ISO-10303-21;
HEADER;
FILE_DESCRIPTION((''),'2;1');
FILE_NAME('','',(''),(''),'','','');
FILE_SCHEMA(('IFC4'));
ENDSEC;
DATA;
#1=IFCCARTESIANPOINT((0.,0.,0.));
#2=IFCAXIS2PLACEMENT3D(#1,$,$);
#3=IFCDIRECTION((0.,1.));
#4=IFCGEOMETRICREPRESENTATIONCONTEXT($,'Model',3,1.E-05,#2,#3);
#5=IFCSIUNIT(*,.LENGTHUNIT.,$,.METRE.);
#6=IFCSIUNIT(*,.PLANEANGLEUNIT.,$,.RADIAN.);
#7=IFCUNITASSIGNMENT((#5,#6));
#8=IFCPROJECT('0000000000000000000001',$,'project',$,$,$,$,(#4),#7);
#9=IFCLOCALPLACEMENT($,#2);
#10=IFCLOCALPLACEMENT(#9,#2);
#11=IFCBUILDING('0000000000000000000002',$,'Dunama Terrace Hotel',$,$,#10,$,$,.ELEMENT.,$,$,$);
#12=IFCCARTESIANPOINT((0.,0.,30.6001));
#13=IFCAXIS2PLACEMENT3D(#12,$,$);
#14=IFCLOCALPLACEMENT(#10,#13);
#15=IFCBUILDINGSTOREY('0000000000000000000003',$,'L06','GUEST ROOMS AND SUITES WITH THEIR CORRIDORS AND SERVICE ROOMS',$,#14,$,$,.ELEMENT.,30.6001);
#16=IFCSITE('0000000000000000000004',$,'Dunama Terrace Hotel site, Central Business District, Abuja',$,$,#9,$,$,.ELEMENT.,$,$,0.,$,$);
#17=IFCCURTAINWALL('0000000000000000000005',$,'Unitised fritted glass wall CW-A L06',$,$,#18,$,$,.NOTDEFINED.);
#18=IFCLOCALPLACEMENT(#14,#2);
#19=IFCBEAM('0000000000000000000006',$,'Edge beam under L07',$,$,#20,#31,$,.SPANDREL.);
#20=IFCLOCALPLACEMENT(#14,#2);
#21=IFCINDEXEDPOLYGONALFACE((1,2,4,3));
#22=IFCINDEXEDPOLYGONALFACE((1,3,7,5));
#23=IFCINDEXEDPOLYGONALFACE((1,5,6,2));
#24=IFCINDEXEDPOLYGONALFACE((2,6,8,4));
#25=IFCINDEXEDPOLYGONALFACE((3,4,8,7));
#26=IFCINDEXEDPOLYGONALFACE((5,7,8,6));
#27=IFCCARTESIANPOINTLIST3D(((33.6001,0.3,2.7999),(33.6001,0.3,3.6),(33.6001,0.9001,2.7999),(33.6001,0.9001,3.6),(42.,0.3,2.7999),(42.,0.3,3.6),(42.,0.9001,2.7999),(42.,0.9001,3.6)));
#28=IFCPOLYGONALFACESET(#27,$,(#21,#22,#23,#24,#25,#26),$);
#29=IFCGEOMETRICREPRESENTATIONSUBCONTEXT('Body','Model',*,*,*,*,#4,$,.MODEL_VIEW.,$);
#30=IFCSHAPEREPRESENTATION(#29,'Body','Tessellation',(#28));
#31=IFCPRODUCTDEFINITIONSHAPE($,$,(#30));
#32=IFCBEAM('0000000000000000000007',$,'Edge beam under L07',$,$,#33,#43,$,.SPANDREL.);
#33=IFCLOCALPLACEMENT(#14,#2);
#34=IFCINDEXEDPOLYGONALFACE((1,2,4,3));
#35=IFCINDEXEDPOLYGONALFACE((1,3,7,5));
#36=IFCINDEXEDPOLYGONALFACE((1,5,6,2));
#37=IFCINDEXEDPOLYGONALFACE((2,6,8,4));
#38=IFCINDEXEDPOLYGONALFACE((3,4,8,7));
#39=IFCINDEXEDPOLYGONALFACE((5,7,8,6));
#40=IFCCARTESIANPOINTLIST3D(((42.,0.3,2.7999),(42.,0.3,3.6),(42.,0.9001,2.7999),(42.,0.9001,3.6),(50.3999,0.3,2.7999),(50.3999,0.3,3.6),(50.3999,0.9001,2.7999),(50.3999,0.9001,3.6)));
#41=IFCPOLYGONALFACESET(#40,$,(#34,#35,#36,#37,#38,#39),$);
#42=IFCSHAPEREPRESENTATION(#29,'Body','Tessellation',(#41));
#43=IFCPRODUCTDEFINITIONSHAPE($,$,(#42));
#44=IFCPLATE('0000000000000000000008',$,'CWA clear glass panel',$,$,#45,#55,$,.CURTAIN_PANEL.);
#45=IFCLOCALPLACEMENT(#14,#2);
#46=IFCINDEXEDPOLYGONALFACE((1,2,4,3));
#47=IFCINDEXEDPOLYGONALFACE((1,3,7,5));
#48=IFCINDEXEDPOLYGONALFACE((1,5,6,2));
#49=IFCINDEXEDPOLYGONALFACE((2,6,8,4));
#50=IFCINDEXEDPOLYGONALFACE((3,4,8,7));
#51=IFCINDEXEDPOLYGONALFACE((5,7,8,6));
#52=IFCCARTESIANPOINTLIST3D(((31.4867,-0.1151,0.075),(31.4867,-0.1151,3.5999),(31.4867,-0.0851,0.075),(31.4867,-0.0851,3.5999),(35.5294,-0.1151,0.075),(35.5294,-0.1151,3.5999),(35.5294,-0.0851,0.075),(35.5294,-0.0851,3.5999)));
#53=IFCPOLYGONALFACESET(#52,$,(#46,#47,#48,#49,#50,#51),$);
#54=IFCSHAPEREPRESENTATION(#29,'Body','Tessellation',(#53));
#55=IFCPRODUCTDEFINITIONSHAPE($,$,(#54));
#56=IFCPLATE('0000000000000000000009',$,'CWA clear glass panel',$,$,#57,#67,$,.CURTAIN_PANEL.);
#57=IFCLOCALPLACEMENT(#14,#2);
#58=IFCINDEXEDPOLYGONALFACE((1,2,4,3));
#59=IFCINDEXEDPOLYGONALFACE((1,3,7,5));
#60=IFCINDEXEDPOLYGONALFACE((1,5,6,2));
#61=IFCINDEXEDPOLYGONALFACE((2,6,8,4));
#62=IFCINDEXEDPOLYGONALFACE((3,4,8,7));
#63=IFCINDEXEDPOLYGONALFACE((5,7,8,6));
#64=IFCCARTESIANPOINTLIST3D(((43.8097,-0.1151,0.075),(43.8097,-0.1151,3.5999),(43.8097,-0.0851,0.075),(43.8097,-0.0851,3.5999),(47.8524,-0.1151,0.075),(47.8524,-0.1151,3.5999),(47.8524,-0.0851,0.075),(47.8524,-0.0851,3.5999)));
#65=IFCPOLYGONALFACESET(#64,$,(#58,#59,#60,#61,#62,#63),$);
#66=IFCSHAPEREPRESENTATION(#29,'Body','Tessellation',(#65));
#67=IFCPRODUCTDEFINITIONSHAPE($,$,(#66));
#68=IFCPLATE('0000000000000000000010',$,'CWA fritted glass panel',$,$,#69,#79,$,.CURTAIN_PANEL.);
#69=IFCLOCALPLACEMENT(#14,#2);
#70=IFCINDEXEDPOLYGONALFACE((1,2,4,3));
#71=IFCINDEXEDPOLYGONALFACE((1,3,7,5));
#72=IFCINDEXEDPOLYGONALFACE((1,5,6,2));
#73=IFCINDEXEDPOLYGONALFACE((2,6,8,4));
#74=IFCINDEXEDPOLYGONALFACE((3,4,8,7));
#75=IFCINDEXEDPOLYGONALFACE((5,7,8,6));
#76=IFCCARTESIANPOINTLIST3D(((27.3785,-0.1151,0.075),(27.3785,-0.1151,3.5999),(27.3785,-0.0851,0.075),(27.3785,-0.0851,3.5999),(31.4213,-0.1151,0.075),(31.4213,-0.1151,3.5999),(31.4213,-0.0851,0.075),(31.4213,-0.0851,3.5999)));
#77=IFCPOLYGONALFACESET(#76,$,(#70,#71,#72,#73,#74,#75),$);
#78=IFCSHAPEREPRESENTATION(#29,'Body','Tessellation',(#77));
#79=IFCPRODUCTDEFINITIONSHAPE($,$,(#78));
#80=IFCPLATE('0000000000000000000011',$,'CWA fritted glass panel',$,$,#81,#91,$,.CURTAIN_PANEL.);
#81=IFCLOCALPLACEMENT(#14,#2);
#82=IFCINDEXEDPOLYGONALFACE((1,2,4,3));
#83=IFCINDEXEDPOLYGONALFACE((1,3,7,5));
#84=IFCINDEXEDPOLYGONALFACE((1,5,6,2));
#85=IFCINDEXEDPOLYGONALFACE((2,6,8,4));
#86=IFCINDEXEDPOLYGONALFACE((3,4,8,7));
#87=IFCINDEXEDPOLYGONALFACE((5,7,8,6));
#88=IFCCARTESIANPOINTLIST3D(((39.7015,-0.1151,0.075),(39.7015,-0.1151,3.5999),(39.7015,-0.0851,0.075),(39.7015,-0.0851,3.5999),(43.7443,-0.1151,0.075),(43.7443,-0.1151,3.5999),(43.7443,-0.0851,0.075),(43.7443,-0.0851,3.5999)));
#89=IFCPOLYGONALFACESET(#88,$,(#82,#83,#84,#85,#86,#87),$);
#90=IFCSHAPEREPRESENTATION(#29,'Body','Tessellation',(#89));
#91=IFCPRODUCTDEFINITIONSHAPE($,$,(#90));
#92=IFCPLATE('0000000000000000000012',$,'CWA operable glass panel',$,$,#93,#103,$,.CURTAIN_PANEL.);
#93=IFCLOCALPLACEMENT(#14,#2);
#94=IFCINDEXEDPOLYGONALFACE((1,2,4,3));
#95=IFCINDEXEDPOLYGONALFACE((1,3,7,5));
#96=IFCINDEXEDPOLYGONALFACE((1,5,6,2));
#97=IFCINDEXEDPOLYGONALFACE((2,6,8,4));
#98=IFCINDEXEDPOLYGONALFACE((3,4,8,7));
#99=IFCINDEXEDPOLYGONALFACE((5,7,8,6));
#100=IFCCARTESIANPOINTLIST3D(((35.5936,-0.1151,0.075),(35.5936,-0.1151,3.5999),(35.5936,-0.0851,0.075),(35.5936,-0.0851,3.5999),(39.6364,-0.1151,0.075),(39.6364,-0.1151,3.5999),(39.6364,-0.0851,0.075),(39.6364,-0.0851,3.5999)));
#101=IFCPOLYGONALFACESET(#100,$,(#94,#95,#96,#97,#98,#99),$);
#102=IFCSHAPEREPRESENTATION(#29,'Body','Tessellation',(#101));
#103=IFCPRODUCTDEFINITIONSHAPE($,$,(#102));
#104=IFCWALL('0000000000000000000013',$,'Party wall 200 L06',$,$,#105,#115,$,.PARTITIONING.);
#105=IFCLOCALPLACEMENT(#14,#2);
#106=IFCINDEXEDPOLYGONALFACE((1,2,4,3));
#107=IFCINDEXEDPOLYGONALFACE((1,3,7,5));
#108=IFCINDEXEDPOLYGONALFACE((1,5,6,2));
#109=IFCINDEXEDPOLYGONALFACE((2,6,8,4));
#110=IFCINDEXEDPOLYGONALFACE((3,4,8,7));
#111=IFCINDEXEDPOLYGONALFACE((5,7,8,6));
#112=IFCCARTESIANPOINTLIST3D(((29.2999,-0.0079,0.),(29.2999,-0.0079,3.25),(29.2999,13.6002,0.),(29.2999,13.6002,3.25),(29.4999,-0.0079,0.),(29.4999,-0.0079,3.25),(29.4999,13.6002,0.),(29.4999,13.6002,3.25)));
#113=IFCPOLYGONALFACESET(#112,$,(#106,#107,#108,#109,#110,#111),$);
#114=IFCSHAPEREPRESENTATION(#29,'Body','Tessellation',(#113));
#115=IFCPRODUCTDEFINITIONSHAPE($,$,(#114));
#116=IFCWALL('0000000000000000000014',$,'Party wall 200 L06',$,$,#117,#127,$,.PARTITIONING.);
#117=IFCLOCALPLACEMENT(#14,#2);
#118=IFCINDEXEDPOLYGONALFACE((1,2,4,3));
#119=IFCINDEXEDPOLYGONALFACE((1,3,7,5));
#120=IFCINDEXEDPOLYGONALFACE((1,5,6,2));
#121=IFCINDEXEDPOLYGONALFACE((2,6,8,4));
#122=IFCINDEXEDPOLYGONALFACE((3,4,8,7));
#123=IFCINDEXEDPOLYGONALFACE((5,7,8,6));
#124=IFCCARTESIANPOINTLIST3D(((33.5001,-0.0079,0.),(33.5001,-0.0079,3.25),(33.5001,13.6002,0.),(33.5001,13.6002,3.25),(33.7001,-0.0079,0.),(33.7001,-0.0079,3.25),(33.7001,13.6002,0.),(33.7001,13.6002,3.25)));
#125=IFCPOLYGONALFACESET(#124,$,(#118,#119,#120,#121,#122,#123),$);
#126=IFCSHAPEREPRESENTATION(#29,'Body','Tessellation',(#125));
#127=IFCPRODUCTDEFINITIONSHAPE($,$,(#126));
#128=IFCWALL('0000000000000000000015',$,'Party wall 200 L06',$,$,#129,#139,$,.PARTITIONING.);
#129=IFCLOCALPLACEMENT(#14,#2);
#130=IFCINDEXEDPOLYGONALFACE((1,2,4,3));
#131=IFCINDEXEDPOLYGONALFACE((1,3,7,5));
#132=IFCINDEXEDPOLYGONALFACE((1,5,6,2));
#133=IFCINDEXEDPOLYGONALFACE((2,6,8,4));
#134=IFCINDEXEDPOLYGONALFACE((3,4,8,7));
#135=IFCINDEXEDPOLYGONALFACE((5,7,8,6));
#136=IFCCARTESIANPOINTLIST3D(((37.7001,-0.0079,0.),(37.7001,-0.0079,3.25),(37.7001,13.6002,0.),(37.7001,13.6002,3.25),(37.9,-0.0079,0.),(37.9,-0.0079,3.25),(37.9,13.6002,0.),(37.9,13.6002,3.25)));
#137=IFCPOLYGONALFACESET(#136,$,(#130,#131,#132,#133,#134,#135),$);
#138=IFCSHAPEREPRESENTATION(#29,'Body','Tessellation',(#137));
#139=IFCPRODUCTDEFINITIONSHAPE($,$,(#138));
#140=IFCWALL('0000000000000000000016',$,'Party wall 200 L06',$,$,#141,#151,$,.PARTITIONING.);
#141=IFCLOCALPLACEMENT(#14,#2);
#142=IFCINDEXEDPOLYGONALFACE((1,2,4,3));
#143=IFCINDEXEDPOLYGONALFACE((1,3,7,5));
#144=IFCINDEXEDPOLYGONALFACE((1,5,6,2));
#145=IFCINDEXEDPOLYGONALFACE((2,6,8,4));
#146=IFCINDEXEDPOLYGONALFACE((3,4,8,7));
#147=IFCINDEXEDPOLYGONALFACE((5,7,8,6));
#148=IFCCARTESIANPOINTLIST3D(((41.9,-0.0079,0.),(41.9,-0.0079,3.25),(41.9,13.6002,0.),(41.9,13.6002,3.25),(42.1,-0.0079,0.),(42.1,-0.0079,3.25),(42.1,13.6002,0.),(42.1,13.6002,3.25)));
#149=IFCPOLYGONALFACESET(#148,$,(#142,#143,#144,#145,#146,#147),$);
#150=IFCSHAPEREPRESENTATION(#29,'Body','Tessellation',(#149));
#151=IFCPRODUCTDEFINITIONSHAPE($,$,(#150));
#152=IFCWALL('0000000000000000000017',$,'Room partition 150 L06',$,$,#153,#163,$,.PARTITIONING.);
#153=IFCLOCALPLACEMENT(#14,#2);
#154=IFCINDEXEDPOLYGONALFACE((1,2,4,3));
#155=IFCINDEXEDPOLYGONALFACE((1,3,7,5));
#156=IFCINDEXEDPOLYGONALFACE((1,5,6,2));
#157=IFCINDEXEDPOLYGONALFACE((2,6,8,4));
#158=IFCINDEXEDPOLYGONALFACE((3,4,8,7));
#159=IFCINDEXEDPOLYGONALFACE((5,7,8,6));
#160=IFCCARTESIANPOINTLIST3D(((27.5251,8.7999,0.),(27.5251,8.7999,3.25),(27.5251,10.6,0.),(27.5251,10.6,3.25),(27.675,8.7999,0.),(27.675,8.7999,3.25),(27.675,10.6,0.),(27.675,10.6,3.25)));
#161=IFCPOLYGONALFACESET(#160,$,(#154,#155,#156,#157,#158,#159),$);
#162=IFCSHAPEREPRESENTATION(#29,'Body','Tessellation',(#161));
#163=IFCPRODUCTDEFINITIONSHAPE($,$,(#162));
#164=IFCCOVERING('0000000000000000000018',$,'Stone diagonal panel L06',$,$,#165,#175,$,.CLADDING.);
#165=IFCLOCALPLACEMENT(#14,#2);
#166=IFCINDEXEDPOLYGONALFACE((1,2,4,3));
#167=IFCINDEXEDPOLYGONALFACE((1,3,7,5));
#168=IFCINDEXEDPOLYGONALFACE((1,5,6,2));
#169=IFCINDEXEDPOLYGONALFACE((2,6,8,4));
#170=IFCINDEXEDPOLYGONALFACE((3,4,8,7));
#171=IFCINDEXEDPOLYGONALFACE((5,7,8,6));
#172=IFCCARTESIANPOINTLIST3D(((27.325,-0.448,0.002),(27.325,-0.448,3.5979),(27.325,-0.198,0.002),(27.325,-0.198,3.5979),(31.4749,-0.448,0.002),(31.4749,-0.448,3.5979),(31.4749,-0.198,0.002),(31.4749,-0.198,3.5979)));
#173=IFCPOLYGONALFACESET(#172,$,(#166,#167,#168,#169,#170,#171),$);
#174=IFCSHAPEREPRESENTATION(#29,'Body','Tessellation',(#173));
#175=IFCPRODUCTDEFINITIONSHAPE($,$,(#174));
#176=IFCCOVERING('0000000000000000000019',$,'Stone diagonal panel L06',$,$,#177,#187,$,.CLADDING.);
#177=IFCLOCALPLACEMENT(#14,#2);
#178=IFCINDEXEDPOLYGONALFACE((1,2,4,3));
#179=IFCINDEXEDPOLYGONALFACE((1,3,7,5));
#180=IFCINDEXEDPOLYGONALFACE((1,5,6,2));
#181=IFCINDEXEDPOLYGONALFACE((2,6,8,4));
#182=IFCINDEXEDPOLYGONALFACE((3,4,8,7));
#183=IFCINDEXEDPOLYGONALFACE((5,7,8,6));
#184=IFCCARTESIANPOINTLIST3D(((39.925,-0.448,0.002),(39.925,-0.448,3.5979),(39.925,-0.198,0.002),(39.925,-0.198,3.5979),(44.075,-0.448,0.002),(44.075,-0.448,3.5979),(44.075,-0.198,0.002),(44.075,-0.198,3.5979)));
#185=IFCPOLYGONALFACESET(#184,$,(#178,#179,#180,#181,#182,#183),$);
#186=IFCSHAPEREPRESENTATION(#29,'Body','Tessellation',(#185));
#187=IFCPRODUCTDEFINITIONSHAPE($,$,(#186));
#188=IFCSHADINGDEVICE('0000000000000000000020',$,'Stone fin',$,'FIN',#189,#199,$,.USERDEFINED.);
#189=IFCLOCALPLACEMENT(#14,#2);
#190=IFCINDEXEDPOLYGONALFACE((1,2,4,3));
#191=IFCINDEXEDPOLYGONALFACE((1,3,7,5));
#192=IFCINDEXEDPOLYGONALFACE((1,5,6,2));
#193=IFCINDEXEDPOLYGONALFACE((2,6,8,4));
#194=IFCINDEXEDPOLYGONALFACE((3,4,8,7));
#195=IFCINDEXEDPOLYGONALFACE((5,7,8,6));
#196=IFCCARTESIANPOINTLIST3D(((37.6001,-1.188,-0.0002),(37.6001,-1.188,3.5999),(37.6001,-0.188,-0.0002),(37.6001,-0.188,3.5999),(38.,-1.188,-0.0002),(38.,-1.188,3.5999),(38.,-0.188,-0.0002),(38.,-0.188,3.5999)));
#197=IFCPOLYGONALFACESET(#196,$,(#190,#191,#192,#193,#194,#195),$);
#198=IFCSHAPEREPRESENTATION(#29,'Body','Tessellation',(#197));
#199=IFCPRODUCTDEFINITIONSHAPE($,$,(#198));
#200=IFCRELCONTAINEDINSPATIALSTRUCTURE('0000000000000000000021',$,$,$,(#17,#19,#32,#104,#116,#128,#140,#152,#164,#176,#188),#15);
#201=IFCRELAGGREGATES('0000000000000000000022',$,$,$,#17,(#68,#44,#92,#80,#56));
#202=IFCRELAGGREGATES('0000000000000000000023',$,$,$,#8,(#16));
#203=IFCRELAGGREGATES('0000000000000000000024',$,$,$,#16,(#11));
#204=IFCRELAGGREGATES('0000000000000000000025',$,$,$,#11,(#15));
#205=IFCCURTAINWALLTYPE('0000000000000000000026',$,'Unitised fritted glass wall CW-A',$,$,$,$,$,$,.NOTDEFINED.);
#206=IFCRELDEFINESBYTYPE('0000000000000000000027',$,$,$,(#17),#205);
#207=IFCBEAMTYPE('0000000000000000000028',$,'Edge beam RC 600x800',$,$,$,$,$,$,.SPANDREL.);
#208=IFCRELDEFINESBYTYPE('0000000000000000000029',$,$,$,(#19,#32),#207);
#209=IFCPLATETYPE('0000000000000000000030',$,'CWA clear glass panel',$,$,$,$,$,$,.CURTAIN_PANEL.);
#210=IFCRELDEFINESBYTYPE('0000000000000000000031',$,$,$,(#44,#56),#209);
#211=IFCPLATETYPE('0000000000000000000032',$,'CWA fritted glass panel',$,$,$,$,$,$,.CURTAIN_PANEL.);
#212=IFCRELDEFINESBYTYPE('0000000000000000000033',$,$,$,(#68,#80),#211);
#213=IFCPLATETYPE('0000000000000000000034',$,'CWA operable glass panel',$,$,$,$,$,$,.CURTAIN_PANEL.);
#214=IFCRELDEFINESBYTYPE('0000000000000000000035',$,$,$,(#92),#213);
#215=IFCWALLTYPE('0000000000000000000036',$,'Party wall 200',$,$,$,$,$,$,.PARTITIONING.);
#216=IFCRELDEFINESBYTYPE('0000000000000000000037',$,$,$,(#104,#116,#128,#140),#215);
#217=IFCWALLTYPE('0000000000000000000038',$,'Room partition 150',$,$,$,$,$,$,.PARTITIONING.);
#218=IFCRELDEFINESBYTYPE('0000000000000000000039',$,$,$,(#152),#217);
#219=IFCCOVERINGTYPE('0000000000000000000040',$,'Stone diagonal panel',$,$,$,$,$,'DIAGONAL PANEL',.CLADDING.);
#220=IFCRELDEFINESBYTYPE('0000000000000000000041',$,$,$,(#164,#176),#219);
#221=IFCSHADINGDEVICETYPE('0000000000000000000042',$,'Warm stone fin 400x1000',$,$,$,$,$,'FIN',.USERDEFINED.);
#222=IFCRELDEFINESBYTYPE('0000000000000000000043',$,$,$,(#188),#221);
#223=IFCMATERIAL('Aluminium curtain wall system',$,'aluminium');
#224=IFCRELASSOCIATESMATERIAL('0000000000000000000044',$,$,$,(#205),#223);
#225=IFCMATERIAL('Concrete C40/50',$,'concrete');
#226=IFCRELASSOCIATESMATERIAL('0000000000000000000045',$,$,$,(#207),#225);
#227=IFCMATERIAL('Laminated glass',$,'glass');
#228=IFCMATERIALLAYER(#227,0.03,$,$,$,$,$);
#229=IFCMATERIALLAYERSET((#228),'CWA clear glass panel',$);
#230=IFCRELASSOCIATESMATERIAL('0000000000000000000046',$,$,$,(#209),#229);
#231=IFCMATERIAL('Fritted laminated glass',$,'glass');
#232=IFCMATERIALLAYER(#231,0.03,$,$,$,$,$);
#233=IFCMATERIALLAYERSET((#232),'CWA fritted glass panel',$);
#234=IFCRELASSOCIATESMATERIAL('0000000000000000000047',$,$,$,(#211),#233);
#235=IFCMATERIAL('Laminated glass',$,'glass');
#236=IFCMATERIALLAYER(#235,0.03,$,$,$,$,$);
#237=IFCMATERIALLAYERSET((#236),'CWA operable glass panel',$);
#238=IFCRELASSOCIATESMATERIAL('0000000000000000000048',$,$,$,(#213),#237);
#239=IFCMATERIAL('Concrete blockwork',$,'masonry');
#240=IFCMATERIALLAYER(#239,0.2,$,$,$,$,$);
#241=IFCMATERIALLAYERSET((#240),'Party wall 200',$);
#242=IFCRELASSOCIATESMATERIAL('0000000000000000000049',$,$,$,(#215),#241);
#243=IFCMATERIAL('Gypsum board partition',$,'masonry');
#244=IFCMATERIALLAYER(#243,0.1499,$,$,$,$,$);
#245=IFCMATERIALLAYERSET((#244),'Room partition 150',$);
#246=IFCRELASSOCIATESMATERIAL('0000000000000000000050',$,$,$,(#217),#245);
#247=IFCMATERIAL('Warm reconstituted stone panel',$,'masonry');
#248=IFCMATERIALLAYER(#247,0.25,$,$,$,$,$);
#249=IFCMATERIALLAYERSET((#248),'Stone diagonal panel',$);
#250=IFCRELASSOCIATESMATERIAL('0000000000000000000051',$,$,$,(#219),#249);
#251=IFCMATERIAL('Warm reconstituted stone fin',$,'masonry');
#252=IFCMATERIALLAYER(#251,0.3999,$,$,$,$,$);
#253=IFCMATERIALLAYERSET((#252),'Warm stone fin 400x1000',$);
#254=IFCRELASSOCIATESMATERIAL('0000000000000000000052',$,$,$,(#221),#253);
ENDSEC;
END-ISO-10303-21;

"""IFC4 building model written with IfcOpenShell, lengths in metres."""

from ifc_helpers import new_model, si_unit, direction, frame, frame_2d, origin, origin_2d, place, context, subcontext, project, spatial, rectangle, extrude, material, layer, layer_set, material_profile, profile_set, type_object, element, aggregate, save


model = new_model("IFC4")

# Units and contexts
model_context = context("Model", 3, precision=1e-05, world=origin(), true_north=direction((0.0, 1.0)))
body_context = subcontext(model_context, "Body", "Model", "MODEL_VIEW")
ifc_project = project(units=[si_unit("LENGTHUNIT", "METRE"), si_unit("PLANEANGLEUNIT", "RADIAN")], contexts=[model_context])

# Site, building, storey
site_placement = place(None, origin())
site = spatial("IfcSite", under=ifc_project, at=site_placement, Name="Dunama Terrace Hotel site, Central Business District, Abuja", CompositionType="ELEMENT", RefElevation=0.0)
building_placement = place(site_placement, origin())
building = spatial("IfcBuilding", under=site, at=building_placement, Name="Dunama Terrace Hotel", CompositionType="ELEMENT")
storey_placement = place(building_placement, frame((0.0, 0.0, 30.6001)))
storey = spatial("IfcBuildingStorey", under=building, at=storey_placement, Name="L06", Description="GUEST ROOMS AND SUITES WITH THEIR CORRIDORS AND SERVICE ROOMS", CompositionType="ELEMENT", Elevation=30.6001)

# Curtain wall
ifc_material_1 = material(Name="Aluminium curtain wall system", Category="aluminium")
curtain_wall_type = type_object("IfcCurtainWallType", Name="Unitised fritted glass wall CW-A", PredefinedType="NOTDEFINED", material=ifc_material_1)
curtain_wall_placement = place(storey_placement, origin())
curtain_wall = element("IfcCurtainWall", 1, at=curtain_wall_placement, inside=storey, type_object=curtain_wall_type, Name="Unitised fritted glass wall CW-A L06", PredefinedType="NOTDEFINED")

# Beams
ifc_material_2 = material(Name="Concrete C40/50", Category="concrete")
ifc_material_profile_1 = material_profile(ifc_material_2, rectangle(XDim=0.6001, YDim=0.8, at=origin_2d()), Name="RC 600x800")
ifc_profile_set_1 = profile_set([ifc_material_profile_1], Name="Concrete C40/50")
beam_type = type_object("IfcBeamType", Name="Edge beam RC 600x800", PredefinedType="SPANDREL", material=ifc_profile_set_1)
for number, where, z_axis, x_axis, name in (
    (2, (33.6001, 0.6001, 3.2), (1.0, 0.0, 0.0), (0.0, 1.0, 0.0), "Edge beam under L07"),
    (3, (42.0, 0.6001, 3.2), (1.0, 0.0, 0.0), (0.0, 1.0, 0.0), "Edge beam under L07"),
):
    element("IfcBeam", number, at=place(storey_placement, frame(where, z_axis=z_axis, x_axis=x_axis)), inside=storey, type_object=beam_type, Name=name, PredefinedType="SPANDREL", context=body_context, shape_type="SweptSolid", body=[
        extrude(rectangle(XDim=0.6001, YDim=0.8, at=origin_2d()), origin(), (0.0, 0.0, 1.0), 8.3999),
    ])

# Plates
ifc_material_3 = material(Name="Laminated glass", Category="glass")
ifc_layer_1 = layer(ifc_material_3, 0.03)
ifc_layer_set_1 = layer_set([ifc_layer_1], Name="CWA clear glass panel")
plate_type_1 = type_object("IfcPlateType", Name="CWA clear glass panel", PredefinedType="CURTAIN_PANEL", material=ifc_layer_set_1)
plate_1_placement = place(storey_placement, frame((33.5081, -0.1001, 0.075), z_axis=(0.0, 0.0, 1.0), x_axis=(1.0, 0.0, 0.0)))
plate_1 = element("IfcPlate", 4, at=plate_1_placement, type_object=plate_type_1, Name="CWA clear glass panel", PredefinedType="CURTAIN_PANEL", context=body_context, shape_type="SweptSolid", body=[
    extrude(rectangle(XDim=4.0427, YDim=0.03, at=origin_2d()), origin(), (0.0, 0.0, 1.0), 3.5249),
])
plate_2_placement = place(storey_placement, frame((45.8311, -0.1001, 0.075), z_axis=(0.0, 0.0, 1.0), x_axis=(1.0, 0.0, 0.0)))
plate_2 = element("IfcPlate", 5, at=plate_2_placement, type_object=plate_type_1, Name="CWA clear glass panel", PredefinedType="CURTAIN_PANEL", context=body_context, shape_type="SweptSolid", body=[
    extrude(rectangle(XDim=4.0427, YDim=0.03, at=origin_2d()), origin(), (0.0, 0.0, 1.0), 3.5249),
])
ifc_material_4 = material(Name="Fritted laminated glass", Category="glass")
ifc_layer_2 = layer(ifc_material_4, 0.03)
ifc_layer_set_2 = layer_set([ifc_layer_2], Name="CWA fritted glass panel")
plate_type_2 = type_object("IfcPlateType", Name="CWA fritted glass panel", PredefinedType="CURTAIN_PANEL", material=ifc_layer_set_2)
plate_3_placement = place(storey_placement, frame((29.3999, -0.1001, 0.075), z_axis=(0.0, 0.0, 1.0), x_axis=(1.0, 0.0, 0.0)))
plate_3 = element("IfcPlate", 6, at=plate_3_placement, type_object=plate_type_2, Name="CWA fritted glass panel", PredefinedType="CURTAIN_PANEL", context=body_context, shape_type="SweptSolid", body=[
    extrude(rectangle(XDim=4.0427, YDim=0.03, at=origin_2d()), origin(), (0.0, 0.0, 1.0), 3.5249),
])
plate_4_placement = place(storey_placement, frame((41.7229, -0.1001, 0.075), z_axis=(0.0, 0.0, 1.0), x_axis=(1.0, 0.0, 0.0)))
plate_4 = element("IfcPlate", 7, at=plate_4_placement, type_object=plate_type_2, Name="CWA fritted glass panel", PredefinedType="CURTAIN_PANEL", context=body_context, shape_type="SweptSolid", body=[
    extrude(rectangle(XDim=4.0427, YDim=0.03, at=origin_2d()), origin(), (0.0, 0.0, 1.0), 3.5249),
])
ifc_material_5 = material(Name="Laminated glass", Category="glass")
ifc_layer_3 = layer(ifc_material_5, 0.03)
ifc_layer_set_3 = layer_set([ifc_layer_3], Name="CWA operable glass panel")
plate_type_3 = type_object("IfcPlateType", Name="CWA operable glass panel", PredefinedType="CURTAIN_PANEL", material=ifc_layer_set_3)
plate_5_placement = place(storey_placement, frame((37.615, -0.1001, 0.075), z_axis=(0.0, 0.0, 1.0), x_axis=(1.0, 0.0, 0.0)))
plate_5 = element("IfcPlate", 8, at=plate_5_placement, type_object=plate_type_3, Name="CWA operable glass panel", PredefinedType="CURTAIN_PANEL", context=body_context, shape_type="SweptSolid", body=[
    extrude(rectangle(XDim=4.0427, YDim=0.03, at=origin_2d()), origin(), (0.0, 0.0, 1.0), 3.5249),
])
aggregate(curtain_wall, [plate_3, plate_1, plate_5, plate_4, plate_2])

# Walls
ifc_material_6 = material(Name="Concrete blockwork", Category="masonry")
ifc_layer_4 = layer(ifc_material_6, 0.2)
ifc_layer_set_4 = layer_set([ifc_layer_4], Name="Party wall 200")
wall_type_1 = type_object("IfcWallType", Name="Party wall 200", PredefinedType="PARTITIONING", material=ifc_layer_set_4)
for number, where, z_axis, x_axis, name in (
    (9, (29.3999, -0.0081, 0.0), (0.0, 0.0, 1.0), (0.0, 1.0, 0.0), "Party wall 200 L06"),
    (10, (33.6001, -0.0081, 0.0), (0.0, 0.0, 1.0), (0.0, 1.0, 0.0), "Party wall 200 L06"),
    (11, (37.8, -0.0081, 0.0), (0.0, 0.0, 1.0), (0.0, 1.0, 0.0), "Party wall 200 L06"),
    (12, (42.0, -0.0081, 0.0), (0.0, 0.0, 1.0), (0.0, 1.0, 0.0), "Party wall 200 L06"),
):
    element("IfcWall", number, at=place(storey_placement, frame(where, z_axis=z_axis, x_axis=x_axis)), inside=storey, type_object=wall_type_1, Name=name, PredefinedType="PARTITIONING", context=body_context, shape_type="SweptSolid", body=[
        extrude(rectangle(XDim=13.6082, YDim=0.2, at=frame_2d((6.8042, 0.0))), origin(), (0.0, 0.0, 1.0), 3.25),
    ])
ifc_material_7 = material(Name="Gypsum board partition", Category="masonry")
ifc_layer_5 = layer(ifc_material_7, 0.1499)
ifc_layer_set_5 = layer_set([ifc_layer_5], Name="Room partition 150")
wall_type_2 = type_object("IfcWallType", Name="Room partition 150", PredefinedType="PARTITIONING", material=ifc_layer_set_5)
wall_placement = place(storey_placement, frame((27.6001, 8.8, 0.0), z_axis=(0.0, 0.0, 1.0), x_axis=(0.0, 1.0, 0.0)))
element("IfcWall", 13, at=wall_placement, inside=storey, type_object=wall_type_2, Name="Room partition 150 L06", PredefinedType="PARTITIONING", context=body_context, shape_type="SweptSolid", body=[
    extrude(rectangle(XDim=1.8, YDim=0.1499, at=frame_2d((0.8999, 0.0))), origin(), (0.0, 0.0, 1.0), 3.25),
])

# Coverings
ifc_material_8 = material(Name="Warm reconstituted stone panel", Category="masonry")
ifc_layer_6 = layer(ifc_material_8, 0.25)
ifc_layer_set_6 = layer_set([ifc_layer_6], Name="Stone diagonal panel")
covering_type = type_object("IfcCoveringType", Name="Stone diagonal panel", ElementType="DIAGONAL PANEL", PredefinedType="CLADDING", material=ifc_layer_set_6)
for number, where, z_axis, x_axis, name in (
    (14, (29.3999, -0.323, 0.002), (0.0, 0.0, 1.0), (1.0, 0.0, 0.0), "Stone diagonal panel L06"),
    (15, (42.0, -0.323, 0.002), (0.0, 0.0, 1.0), (1.0, 0.0, 0.0), "Stone diagonal panel L06"),
):
    element("IfcCovering", number, at=place(storey_placement, frame(where, z_axis=z_axis, x_axis=x_axis)), inside=storey, type_object=covering_type, Name=name, PredefinedType="CLADDING", context=body_context, shape_type="SweptSolid", body=[
        extrude(rectangle(XDim=4.1499, YDim=0.25, at=origin_2d()), origin(), (0.0, 0.0, 1.0), 3.5959),
    ])

# Shading device
ifc_material_9 = material(Name="Warm reconstituted stone fin", Category="masonry")
ifc_layer_7 = layer(ifc_material_9, 0.3999)
ifc_layer_set_7 = layer_set([ifc_layer_7], Name="Warm stone fin 400x1000")
shading_device_type = type_object("IfcShadingDeviceType", Name="Warm stone fin 400x1000", ElementType="FIN", PredefinedType="USERDEFINED", material=ifc_layer_set_7)
shading_device_placement = place(storey_placement, frame((37.8, -0.688, -0.0002), z_axis=(0.0, 0.0, 1.0), x_axis=(1.0, 0.0, 0.0)))
element("IfcShadingDevice", 16, at=shading_device_placement, inside=storey, type_object=shading_device_type, Name="Stone fin", ObjectType="FIN", PredefinedType="USERDEFINED", context=body_context, shape_type="SweptSolid", body=[
    extrude(rectangle(XDim=0.3999, YDim=1.0, at=origin_2d()), origin(), (0.0, 0.0, 1.0), 3.6001),
])

save(model, "model.ifc")
